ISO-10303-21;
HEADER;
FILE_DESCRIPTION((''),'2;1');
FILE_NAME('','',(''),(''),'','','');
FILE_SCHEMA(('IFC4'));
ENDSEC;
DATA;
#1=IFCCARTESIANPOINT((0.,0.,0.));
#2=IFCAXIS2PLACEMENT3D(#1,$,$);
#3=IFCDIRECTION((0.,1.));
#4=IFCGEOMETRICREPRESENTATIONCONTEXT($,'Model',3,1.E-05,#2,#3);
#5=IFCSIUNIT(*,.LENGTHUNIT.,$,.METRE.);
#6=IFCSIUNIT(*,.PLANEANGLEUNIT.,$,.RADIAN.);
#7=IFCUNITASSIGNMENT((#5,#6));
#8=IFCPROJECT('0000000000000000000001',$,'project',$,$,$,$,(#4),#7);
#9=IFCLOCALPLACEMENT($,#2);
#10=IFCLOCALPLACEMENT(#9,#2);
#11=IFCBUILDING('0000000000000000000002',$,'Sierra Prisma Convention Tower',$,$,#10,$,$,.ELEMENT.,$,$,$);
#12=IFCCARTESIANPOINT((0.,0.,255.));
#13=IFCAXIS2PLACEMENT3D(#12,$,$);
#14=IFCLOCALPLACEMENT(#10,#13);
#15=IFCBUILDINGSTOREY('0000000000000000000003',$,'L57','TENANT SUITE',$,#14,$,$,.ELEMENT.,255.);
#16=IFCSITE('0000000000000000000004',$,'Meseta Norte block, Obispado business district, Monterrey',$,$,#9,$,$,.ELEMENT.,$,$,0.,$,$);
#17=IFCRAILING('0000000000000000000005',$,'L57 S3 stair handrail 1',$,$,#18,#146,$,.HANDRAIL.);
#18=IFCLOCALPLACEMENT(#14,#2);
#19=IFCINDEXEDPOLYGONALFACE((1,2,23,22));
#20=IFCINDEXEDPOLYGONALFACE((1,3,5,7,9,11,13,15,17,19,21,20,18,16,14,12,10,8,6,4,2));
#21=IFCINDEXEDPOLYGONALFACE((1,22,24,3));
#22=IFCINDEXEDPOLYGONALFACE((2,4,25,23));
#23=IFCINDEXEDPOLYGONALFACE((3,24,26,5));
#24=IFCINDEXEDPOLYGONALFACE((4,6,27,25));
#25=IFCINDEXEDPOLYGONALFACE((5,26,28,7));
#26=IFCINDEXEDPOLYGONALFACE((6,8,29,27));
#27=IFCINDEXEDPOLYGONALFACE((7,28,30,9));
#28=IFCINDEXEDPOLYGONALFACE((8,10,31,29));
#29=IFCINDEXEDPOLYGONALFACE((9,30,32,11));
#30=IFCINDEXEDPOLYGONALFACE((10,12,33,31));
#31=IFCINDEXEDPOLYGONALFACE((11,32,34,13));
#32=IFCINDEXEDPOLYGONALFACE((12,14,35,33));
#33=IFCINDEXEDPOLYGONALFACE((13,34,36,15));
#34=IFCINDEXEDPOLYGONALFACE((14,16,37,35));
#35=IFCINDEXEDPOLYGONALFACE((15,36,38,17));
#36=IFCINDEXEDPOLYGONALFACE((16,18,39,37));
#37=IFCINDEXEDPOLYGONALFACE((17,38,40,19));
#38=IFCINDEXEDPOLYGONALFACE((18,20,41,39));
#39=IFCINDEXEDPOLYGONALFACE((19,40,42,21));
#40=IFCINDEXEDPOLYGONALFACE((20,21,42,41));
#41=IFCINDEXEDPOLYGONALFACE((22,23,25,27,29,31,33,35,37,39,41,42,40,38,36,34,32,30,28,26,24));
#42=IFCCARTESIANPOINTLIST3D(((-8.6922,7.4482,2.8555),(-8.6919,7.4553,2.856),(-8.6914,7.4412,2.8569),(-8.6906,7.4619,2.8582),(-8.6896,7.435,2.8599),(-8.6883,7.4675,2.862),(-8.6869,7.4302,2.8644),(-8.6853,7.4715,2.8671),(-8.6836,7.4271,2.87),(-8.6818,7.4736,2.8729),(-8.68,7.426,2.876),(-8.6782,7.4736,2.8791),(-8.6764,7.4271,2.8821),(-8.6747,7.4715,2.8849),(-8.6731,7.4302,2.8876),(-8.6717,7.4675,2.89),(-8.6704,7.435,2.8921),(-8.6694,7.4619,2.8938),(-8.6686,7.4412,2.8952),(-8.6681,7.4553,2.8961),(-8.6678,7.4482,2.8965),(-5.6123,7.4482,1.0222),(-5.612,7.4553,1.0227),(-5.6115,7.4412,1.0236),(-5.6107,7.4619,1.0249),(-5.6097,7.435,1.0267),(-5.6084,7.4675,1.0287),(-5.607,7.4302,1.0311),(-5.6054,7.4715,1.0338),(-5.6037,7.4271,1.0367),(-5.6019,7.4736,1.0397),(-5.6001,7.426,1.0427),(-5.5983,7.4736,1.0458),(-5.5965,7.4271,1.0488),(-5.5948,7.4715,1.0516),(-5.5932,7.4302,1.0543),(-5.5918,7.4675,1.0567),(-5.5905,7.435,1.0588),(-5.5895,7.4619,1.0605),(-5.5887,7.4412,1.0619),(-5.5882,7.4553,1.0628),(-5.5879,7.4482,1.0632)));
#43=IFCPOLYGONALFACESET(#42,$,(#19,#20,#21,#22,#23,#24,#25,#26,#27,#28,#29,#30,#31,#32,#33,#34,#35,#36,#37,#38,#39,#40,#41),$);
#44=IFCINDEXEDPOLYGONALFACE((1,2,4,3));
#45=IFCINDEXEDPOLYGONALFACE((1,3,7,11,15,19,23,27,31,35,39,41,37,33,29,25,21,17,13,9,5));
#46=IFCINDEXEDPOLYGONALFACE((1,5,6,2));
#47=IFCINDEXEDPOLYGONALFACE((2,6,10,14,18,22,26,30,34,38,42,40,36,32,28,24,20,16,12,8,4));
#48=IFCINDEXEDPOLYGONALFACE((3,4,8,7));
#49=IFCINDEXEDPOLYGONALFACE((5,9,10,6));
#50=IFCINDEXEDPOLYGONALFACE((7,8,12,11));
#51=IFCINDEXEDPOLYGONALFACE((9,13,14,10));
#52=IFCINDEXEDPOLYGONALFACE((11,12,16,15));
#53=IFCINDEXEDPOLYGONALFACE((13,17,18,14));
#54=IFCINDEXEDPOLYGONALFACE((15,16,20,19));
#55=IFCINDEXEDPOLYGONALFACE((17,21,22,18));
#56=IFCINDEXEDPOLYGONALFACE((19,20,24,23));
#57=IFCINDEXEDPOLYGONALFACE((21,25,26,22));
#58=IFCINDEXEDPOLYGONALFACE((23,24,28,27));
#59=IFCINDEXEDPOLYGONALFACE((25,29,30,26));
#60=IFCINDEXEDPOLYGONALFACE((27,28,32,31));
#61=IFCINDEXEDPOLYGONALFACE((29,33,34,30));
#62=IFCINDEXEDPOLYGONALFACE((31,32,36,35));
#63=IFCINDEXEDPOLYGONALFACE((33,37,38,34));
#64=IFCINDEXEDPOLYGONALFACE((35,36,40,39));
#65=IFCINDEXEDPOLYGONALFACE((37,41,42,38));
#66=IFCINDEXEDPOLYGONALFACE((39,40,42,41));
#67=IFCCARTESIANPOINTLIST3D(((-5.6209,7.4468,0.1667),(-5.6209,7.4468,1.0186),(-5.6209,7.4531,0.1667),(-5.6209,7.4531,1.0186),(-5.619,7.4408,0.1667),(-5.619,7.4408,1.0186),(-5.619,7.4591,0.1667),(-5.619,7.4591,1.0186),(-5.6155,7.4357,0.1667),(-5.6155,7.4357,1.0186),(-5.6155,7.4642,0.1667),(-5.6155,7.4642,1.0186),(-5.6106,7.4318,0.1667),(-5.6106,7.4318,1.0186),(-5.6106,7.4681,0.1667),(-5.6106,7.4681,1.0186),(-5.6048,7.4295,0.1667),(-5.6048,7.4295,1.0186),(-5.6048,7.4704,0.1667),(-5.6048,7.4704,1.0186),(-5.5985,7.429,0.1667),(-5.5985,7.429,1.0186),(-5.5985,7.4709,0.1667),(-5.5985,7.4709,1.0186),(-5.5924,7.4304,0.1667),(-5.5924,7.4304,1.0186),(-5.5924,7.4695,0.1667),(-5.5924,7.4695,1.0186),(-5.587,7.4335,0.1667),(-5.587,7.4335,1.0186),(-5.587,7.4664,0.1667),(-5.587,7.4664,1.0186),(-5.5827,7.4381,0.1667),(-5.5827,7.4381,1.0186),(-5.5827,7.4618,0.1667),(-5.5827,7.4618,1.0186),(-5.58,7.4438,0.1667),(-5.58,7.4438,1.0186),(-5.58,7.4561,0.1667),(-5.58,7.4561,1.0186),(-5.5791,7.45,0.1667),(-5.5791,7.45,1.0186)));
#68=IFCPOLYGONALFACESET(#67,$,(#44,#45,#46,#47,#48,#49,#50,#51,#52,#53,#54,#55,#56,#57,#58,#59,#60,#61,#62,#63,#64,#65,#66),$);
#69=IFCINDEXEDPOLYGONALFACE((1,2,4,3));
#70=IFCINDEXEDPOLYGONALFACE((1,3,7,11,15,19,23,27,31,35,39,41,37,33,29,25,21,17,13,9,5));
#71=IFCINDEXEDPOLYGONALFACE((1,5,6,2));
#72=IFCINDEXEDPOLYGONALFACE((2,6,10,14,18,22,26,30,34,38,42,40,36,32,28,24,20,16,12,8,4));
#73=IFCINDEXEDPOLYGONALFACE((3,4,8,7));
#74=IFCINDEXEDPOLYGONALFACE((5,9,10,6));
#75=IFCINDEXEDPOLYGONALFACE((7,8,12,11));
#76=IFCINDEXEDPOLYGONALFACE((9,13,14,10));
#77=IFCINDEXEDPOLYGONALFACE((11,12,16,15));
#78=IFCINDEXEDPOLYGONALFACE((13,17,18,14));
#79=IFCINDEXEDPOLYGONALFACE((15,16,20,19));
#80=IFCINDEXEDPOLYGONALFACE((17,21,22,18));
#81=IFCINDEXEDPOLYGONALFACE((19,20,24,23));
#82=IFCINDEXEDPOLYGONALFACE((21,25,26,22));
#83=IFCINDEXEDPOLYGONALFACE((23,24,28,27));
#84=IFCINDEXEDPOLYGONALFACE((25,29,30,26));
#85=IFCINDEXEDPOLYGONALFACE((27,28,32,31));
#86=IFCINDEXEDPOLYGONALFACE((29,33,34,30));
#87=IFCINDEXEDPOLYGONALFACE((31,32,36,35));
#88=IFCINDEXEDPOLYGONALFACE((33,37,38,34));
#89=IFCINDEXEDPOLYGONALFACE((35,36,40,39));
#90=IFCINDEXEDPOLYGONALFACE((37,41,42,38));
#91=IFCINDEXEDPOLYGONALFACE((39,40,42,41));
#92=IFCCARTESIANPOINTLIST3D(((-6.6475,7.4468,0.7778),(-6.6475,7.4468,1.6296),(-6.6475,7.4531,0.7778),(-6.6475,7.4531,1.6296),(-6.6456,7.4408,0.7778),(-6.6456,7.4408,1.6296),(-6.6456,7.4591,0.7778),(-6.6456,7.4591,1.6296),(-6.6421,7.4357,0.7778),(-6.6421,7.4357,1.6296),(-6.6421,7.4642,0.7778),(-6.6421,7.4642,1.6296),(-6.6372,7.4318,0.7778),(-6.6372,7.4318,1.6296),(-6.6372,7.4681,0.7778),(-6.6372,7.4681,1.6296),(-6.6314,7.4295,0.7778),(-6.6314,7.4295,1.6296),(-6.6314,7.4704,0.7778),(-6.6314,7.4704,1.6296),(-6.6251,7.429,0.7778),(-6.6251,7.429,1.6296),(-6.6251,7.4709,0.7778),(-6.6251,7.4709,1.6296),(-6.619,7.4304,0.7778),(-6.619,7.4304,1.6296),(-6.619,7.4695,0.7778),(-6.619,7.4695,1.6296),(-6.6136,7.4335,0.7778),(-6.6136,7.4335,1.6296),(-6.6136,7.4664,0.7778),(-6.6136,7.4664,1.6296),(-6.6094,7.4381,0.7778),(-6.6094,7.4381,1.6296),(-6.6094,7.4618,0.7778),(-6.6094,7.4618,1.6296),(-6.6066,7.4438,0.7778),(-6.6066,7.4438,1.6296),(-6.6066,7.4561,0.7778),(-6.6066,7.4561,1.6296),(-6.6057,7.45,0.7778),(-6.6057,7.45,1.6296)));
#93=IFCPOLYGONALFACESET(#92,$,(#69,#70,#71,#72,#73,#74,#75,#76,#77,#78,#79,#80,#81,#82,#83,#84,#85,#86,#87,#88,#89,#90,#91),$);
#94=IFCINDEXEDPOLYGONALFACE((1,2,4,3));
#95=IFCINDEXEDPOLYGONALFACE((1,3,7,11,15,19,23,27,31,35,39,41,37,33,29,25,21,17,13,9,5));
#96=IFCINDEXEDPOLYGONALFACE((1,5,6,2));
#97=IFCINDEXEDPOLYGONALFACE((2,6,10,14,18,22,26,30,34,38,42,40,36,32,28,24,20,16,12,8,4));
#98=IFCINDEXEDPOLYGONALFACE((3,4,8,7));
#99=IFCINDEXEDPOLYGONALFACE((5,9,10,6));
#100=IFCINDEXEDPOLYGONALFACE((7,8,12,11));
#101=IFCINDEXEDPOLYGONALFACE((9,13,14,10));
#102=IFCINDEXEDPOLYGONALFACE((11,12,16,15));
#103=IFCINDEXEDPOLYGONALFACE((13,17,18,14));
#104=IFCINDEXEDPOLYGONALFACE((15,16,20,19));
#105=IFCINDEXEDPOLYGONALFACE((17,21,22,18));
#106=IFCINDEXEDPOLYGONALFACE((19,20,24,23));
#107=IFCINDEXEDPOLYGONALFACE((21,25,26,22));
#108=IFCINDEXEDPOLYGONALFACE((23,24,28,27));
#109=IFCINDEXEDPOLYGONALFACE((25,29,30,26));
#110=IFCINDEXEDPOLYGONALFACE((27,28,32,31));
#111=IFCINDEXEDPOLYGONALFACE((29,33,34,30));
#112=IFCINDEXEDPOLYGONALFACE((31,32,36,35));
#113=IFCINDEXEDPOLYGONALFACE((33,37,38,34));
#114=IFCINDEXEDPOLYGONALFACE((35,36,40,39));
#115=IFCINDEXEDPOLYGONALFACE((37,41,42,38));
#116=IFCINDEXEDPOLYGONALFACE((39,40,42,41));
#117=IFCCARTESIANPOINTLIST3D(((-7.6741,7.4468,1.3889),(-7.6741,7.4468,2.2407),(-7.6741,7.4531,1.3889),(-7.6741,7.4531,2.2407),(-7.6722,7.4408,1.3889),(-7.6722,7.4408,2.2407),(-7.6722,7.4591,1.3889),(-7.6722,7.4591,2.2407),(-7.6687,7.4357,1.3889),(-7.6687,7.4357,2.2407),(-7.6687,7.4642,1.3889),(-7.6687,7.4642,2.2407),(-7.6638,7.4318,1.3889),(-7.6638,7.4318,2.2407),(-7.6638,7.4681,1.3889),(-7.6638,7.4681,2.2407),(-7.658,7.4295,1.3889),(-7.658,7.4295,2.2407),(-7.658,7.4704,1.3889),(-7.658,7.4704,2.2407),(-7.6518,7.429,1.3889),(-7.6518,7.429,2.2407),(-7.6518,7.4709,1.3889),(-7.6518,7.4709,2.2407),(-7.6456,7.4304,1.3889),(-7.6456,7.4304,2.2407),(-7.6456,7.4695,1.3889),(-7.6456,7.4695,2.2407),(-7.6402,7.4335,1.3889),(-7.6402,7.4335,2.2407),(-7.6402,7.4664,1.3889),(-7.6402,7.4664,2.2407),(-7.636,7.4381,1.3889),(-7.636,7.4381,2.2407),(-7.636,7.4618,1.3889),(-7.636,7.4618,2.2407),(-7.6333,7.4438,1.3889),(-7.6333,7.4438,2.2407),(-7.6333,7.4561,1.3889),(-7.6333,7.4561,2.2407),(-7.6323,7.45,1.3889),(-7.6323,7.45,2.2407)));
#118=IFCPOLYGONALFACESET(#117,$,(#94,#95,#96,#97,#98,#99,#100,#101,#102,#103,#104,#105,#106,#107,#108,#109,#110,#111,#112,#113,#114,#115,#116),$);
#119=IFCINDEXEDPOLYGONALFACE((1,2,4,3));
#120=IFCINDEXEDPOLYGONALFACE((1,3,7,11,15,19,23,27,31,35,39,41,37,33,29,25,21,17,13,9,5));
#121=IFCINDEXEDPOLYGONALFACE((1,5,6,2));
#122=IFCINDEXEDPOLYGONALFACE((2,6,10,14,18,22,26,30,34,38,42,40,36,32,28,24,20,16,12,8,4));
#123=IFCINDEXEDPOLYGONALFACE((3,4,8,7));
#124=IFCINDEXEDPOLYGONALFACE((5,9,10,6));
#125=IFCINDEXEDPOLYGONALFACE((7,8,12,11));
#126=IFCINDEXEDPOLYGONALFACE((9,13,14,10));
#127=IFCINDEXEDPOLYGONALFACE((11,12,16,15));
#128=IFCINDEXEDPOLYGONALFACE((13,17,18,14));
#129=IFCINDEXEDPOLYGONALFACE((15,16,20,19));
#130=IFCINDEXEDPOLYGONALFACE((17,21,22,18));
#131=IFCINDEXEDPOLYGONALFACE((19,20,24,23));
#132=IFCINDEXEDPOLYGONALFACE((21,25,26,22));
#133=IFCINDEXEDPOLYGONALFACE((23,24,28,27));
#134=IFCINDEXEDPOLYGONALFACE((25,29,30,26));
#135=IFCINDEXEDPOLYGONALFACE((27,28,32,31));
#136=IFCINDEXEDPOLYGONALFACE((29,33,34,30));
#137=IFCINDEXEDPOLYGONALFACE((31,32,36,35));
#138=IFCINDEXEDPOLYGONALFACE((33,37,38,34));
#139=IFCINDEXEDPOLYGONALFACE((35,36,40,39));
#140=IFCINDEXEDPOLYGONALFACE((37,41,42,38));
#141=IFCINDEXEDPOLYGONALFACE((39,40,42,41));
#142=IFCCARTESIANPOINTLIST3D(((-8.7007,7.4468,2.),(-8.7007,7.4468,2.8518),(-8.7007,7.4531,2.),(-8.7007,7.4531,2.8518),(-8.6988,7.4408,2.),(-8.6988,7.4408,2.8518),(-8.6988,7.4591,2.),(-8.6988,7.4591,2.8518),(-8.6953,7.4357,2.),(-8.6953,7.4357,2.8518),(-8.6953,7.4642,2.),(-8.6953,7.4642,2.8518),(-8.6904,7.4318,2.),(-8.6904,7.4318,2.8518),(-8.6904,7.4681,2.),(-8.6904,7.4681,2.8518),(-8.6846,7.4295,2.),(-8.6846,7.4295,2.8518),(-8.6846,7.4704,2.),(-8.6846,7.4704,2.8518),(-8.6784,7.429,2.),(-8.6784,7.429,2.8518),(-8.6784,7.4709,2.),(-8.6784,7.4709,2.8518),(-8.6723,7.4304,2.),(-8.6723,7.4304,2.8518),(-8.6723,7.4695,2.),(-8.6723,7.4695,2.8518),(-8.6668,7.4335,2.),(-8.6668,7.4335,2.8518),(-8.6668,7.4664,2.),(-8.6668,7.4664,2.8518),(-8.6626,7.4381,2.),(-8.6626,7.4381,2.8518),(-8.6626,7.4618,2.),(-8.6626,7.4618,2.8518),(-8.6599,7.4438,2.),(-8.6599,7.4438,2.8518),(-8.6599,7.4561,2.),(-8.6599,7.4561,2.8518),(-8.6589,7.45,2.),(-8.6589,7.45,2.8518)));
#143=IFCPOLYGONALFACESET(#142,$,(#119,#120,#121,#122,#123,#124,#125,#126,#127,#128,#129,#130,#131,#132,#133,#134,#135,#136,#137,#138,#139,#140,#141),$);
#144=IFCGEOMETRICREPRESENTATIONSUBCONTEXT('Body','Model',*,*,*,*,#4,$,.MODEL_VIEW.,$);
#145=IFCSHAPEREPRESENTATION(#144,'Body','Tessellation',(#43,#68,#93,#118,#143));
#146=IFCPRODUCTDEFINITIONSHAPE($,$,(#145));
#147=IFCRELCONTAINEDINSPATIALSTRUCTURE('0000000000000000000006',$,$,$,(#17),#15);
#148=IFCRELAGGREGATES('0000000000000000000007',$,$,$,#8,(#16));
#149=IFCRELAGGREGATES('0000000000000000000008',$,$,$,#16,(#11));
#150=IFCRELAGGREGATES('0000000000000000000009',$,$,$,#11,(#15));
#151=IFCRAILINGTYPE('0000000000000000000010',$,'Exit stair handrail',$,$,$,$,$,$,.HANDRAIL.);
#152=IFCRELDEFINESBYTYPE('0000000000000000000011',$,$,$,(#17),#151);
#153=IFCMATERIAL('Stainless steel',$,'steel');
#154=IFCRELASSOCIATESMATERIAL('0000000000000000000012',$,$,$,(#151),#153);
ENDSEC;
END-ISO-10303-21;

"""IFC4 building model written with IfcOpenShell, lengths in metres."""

from ifc_helpers import new_model, si_unit, direction, frame, origin, origin_2d, place, context, subcontext, project, spatial, circle, extrude, material, type_object, element, save


model = new_model("IFC4")

# Units and contexts
model_context = context("Model", 3, precision=1e-05, world=origin(), true_north=direction((0.0, 1.0)))
body_context = subcontext(model_context, "Body", "Model", "MODEL_VIEW")
ifc_project = project(units=[si_unit("LENGTHUNIT", "METRE"), si_unit("PLANEANGLEUNIT", "RADIAN")], contexts=[model_context])

# Site, building, storey
site_placement = place(None, origin())
site = spatial("IfcSite", under=ifc_project, at=site_placement, Name="Meseta Norte block, Obispado business district, Monterrey", CompositionType="ELEMENT", RefElevation=0.0)
building_placement = place(site_placement, origin())
building = spatial("IfcBuilding", under=site, at=building_placement, Name="Sierra Prisma Convention Tower", CompositionType="ELEMENT")
storey_placement = place(building_placement, frame((0.0, 0.0, 255.0)))
storey = spatial("IfcBuildingStorey", under=building, at=storey_placement, Name="L57", Description="TENANT SUITE", CompositionType="ELEMENT", Elevation=255.0)

# Railing
ifc_material_1 = material(Name="Stainless steel", Category="steel")
railing_type_1 = type_object("IfcRailingType", Name="Exit stair handrail", PredefinedType="HANDRAIL", material=ifc_material_1)
railing_1_placement = place(storey_placement, frame((-5.6001, 7.45, 0.1667)))
element("IfcRailing", 1, at=railing_1_placement, inside=storey, type_object=railing_type_1, Name="L57 S3 stair handrail 1", PredefinedType="HANDRAIL", context=body_context, shape_type="SweptSolid", body=[
    extrude(circle(Radius=0.0239, at=origin_2d()), frame((0.0, 0.0, 0.876), z_axis=(-0.859291, 0.0, 0.511487), x_axis=(0.0, -1.0, 0.0)), (0.0, 0.0, 1.0), 3.5842),
    extrude(circle(Radius=0.021, at=origin_2d()), origin(), (0.0, 0.0, 1.0), 0.8518),
    extrude(circle(Radius=0.021, at=origin_2d()), frame((-1.0266, 0.0, 0.6111)), (0.0, 0.0, 1.0), 0.8518),
    extrude(circle(Radius=0.021, at=origin_2d()), frame((-2.0532, 0.0, 1.2222)), (0.0, 0.0, 1.0), 0.8518),
    extrude(circle(Radius=0.021, at=origin_2d()), frame((-3.0798, 0.0, 1.8333)), (0.0, 0.0, 1.0), 0.8518),
])

save(model, "model.ifc")
